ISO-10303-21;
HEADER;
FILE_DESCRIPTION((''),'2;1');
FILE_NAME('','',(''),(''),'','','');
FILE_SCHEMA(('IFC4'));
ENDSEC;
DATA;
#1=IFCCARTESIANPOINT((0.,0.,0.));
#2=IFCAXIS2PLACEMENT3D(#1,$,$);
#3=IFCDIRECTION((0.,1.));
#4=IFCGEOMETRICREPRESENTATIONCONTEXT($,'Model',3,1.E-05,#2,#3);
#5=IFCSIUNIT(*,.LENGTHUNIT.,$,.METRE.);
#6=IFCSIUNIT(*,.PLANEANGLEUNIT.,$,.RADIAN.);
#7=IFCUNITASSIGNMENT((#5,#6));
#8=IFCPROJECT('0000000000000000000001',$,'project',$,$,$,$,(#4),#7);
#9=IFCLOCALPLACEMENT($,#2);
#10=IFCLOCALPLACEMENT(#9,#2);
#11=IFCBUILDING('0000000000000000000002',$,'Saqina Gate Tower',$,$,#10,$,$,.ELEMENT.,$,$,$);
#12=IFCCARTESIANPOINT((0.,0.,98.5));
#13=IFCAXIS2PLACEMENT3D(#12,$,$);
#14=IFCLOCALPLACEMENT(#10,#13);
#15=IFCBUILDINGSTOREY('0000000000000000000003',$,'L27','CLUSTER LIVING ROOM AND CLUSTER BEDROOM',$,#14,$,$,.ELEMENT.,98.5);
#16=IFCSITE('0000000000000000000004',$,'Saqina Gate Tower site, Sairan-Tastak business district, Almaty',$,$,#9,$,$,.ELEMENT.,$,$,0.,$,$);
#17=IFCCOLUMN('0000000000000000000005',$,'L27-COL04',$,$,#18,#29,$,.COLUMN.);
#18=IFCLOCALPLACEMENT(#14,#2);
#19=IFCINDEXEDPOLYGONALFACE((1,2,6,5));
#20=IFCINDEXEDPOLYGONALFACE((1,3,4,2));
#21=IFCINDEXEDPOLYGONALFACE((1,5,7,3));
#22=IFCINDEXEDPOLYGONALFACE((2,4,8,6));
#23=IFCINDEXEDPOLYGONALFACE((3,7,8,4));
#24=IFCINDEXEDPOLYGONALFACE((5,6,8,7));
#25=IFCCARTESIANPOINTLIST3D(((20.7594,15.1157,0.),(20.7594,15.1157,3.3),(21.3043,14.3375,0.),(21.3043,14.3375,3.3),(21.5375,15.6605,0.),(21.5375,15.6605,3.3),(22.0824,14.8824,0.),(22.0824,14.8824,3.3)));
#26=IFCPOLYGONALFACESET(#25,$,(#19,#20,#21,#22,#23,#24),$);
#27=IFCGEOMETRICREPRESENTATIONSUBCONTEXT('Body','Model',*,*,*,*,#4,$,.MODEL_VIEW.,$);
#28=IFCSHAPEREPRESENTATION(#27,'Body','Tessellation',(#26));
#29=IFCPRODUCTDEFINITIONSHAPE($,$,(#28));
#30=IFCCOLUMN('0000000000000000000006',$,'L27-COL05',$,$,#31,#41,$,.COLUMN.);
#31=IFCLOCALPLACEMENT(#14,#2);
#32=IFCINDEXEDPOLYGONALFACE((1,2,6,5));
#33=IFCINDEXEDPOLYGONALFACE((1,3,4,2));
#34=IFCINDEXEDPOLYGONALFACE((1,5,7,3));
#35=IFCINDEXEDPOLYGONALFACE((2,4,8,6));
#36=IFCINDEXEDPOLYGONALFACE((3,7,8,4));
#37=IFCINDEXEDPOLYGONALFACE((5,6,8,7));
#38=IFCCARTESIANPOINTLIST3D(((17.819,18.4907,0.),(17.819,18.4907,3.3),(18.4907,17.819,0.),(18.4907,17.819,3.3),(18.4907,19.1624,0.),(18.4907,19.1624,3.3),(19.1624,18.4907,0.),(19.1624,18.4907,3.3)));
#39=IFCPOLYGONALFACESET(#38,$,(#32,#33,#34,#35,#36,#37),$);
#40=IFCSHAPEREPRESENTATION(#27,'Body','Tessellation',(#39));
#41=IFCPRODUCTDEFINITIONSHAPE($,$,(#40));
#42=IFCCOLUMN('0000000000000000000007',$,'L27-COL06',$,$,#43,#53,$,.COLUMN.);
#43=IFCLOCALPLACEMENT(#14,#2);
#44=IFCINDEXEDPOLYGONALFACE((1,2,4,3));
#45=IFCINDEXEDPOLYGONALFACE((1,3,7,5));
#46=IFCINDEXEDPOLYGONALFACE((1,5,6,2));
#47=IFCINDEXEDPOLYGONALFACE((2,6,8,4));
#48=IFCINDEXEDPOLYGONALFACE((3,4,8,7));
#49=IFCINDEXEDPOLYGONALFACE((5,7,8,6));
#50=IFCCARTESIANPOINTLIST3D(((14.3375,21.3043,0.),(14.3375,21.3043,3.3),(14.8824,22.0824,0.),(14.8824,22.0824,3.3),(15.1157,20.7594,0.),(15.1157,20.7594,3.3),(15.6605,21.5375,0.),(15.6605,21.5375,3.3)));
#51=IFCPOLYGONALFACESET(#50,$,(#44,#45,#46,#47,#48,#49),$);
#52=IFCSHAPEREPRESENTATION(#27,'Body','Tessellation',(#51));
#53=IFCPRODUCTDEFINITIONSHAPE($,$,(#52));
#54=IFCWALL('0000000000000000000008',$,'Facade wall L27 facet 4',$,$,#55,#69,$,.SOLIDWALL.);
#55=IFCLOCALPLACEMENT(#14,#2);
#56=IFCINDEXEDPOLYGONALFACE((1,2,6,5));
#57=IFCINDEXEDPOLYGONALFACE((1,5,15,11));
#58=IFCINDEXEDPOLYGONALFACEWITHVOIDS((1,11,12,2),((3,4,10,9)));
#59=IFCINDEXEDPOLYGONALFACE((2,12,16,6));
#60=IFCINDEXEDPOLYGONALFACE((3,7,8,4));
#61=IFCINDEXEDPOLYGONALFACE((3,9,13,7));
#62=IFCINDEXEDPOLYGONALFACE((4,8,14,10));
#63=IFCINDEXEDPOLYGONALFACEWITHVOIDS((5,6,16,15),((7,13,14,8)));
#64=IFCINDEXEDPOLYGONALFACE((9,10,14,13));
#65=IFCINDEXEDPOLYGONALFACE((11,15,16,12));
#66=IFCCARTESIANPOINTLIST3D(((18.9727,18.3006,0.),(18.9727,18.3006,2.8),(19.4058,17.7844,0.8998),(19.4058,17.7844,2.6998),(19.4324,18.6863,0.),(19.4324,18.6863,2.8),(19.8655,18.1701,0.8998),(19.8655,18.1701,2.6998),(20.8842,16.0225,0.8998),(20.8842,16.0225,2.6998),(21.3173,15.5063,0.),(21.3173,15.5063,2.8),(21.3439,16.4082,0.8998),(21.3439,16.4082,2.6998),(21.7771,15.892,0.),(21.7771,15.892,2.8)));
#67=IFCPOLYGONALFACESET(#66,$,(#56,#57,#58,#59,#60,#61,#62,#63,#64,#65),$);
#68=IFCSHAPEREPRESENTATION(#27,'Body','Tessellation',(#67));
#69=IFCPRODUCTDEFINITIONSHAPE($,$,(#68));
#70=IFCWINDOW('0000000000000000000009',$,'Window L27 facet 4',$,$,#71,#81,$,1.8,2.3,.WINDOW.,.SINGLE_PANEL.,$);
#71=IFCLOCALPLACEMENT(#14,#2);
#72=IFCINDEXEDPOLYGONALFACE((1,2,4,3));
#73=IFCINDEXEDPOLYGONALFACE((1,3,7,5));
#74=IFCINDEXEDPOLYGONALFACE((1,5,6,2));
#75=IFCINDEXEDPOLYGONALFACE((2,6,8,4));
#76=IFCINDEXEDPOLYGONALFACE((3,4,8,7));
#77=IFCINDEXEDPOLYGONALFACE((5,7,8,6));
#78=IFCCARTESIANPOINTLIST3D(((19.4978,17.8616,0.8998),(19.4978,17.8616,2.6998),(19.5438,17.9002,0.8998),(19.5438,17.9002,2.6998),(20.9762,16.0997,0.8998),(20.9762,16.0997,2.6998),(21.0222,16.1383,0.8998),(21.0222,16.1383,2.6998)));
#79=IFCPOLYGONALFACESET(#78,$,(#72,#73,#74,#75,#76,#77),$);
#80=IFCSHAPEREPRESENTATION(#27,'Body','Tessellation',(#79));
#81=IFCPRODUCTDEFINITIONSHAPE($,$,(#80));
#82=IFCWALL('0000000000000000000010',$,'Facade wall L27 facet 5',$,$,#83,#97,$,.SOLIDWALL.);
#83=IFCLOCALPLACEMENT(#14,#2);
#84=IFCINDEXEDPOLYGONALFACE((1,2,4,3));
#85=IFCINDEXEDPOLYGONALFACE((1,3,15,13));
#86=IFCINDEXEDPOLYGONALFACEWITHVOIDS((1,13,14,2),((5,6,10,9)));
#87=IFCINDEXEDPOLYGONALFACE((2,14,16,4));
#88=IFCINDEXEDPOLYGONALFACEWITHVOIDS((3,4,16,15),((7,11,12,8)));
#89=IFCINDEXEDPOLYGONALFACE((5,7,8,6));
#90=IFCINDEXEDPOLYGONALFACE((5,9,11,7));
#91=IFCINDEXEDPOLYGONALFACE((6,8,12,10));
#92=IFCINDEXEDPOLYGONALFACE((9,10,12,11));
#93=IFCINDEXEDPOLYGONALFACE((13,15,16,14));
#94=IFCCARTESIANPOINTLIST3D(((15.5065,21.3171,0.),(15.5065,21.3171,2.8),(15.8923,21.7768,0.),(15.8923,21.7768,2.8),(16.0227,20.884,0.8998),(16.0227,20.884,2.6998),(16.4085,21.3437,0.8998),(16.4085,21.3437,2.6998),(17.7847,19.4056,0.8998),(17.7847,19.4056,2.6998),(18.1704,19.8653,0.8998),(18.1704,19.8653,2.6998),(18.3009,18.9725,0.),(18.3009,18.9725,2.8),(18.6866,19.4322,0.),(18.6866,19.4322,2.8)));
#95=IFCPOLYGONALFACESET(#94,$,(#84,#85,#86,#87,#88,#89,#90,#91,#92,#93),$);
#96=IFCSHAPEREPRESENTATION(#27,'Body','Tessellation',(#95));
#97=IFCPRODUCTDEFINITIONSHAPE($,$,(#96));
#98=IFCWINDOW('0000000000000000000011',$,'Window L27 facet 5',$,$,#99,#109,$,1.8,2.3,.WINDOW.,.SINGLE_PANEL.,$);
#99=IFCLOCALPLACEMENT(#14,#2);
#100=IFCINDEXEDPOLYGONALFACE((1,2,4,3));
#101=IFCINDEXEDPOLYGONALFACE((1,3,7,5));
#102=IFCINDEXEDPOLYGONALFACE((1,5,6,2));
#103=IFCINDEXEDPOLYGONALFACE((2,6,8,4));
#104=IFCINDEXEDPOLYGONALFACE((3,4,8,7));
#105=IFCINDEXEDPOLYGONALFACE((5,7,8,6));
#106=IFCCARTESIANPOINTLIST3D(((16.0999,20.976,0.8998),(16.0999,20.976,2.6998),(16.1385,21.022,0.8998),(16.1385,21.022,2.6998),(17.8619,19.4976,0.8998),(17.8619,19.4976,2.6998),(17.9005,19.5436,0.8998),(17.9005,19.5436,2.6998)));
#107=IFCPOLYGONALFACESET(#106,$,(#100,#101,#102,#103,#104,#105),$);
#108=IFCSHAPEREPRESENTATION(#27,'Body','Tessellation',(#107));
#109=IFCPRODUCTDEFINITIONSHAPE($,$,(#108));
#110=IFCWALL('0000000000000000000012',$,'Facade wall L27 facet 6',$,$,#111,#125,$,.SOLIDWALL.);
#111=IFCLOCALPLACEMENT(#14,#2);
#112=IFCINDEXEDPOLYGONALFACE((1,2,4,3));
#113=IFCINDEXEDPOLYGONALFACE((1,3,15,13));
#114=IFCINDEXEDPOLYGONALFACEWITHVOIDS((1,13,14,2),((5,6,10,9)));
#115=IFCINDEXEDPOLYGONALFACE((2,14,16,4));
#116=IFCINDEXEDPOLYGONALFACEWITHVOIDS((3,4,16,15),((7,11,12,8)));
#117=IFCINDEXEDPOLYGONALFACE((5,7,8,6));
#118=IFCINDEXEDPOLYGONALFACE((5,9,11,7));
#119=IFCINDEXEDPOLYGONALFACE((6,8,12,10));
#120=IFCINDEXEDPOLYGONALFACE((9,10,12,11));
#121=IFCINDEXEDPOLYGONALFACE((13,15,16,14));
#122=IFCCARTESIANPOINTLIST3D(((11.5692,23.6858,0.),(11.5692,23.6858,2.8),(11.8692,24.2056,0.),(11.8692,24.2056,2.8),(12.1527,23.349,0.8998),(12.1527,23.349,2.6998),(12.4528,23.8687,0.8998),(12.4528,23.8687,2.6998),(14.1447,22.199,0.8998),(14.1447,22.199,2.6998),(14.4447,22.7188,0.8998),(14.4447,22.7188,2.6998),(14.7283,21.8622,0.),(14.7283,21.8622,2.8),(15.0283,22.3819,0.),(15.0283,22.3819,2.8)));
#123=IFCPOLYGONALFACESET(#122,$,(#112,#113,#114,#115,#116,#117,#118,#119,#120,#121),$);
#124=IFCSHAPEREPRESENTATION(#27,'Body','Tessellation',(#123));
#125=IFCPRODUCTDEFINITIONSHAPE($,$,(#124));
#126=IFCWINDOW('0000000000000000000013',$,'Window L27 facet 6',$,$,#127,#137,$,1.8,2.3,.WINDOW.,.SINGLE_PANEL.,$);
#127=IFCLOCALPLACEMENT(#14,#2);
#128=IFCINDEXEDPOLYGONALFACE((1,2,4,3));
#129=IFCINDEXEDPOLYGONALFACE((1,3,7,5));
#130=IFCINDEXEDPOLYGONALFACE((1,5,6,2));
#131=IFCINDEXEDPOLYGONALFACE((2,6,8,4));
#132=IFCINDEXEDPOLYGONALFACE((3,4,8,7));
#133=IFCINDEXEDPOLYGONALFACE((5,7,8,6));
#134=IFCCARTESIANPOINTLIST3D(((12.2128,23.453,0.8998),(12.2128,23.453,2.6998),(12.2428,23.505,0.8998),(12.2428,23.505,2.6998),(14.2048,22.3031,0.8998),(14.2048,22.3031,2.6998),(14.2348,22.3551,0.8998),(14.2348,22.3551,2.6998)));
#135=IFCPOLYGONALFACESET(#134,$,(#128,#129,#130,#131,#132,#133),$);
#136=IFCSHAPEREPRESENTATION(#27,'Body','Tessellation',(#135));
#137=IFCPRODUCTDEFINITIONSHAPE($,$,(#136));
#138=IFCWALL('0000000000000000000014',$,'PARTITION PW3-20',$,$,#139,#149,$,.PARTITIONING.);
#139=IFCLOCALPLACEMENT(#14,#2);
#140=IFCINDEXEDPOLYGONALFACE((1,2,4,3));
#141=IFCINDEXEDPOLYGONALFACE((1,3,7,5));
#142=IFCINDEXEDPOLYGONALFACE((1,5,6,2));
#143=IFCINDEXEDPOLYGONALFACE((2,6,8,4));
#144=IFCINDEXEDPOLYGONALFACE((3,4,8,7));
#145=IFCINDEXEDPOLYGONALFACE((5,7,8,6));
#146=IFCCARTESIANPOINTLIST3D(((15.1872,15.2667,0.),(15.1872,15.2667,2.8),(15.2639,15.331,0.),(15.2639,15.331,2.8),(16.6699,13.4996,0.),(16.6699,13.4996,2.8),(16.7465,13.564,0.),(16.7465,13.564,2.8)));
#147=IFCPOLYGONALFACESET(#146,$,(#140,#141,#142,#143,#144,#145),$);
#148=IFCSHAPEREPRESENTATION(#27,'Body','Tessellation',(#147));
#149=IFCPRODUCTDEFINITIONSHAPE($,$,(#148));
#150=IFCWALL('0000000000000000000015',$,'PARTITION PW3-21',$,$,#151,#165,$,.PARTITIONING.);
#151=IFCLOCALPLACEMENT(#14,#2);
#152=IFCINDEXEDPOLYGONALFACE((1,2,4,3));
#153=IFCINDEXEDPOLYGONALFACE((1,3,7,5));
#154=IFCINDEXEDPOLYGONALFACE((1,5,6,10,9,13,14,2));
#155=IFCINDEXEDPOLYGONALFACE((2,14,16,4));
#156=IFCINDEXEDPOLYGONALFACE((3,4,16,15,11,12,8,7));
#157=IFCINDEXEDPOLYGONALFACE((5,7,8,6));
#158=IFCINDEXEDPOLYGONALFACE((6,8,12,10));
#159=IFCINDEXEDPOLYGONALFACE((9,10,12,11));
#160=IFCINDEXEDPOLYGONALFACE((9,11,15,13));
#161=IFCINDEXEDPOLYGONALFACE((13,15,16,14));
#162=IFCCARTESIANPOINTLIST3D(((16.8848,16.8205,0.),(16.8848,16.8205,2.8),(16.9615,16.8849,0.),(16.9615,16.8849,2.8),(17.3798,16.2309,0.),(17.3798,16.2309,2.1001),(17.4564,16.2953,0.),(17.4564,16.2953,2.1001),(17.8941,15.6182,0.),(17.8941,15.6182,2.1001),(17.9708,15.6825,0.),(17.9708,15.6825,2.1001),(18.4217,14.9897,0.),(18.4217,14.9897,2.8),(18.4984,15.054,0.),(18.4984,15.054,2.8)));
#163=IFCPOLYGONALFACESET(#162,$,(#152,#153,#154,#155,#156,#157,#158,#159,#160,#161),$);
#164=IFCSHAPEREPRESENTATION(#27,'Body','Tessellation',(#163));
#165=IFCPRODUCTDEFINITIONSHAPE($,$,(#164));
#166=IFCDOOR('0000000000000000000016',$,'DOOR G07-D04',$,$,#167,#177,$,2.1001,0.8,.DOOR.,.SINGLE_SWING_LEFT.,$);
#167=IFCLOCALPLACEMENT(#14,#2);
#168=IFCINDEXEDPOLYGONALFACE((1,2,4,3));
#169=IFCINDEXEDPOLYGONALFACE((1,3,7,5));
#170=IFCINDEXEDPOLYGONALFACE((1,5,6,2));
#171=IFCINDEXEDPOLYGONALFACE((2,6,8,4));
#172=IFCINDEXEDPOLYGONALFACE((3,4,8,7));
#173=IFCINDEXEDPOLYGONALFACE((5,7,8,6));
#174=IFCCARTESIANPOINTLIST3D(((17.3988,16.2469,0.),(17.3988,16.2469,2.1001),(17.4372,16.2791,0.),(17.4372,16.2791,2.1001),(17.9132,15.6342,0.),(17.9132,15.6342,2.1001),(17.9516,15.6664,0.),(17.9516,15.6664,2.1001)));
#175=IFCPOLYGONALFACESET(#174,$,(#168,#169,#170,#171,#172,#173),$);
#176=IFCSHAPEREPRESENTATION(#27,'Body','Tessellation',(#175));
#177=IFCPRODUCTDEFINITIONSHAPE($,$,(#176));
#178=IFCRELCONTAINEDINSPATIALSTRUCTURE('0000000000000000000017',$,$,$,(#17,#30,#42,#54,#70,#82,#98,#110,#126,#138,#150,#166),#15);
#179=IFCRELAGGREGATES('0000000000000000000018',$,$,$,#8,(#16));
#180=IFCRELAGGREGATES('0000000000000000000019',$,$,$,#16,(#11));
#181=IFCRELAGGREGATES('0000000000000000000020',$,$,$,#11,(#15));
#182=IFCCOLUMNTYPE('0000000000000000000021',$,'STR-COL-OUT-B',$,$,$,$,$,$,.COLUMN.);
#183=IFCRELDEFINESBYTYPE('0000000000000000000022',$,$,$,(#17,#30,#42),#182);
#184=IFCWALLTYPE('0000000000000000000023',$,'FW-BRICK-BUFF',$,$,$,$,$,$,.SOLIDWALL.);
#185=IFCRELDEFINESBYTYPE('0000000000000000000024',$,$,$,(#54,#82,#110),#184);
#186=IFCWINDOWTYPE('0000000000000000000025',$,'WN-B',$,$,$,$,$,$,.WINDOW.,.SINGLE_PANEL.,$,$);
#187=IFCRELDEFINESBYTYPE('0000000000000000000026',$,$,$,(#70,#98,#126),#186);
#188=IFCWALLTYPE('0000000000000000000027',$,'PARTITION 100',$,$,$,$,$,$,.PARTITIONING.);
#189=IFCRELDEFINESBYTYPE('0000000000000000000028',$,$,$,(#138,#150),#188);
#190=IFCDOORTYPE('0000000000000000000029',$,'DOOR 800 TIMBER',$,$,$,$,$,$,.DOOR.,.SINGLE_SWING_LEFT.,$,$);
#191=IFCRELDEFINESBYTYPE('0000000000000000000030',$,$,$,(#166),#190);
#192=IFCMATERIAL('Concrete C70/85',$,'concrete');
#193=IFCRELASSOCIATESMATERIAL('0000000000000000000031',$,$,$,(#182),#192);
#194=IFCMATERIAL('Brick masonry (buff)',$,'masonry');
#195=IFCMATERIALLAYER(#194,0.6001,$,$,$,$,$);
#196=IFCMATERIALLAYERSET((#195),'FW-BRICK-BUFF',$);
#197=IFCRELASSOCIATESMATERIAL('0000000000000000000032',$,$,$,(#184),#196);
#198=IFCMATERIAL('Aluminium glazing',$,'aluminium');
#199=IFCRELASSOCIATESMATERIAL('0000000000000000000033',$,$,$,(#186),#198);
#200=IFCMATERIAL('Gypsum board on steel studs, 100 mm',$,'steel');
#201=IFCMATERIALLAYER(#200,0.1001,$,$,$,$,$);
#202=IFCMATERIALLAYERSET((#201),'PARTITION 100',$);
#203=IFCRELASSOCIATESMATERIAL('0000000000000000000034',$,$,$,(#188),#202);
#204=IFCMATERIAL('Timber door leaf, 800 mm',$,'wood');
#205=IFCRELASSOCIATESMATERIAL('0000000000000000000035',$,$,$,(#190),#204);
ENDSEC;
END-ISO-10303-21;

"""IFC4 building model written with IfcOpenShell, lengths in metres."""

from ifc_helpers import new_model, si_unit, direction, frame, frame_2d, origin, origin_2d, place, context, subcontext, project, spatial, rectangle, extrude, material, layer, layer_set, material_profile, profile_set, type_object, element, fill, save


model = new_model("IFC4")

# Units and contexts
model_context = context("Model", 3, precision=1e-05, world=origin(), true_north=direction((0.0, 1.0)))
body_context = subcontext(model_context, "Body", "Model", "MODEL_VIEW")
ifc_project = project(units=[si_unit("LENGTHUNIT", "METRE"), si_unit("PLANEANGLEUNIT", "RADIAN")], contexts=[model_context])

# Site, building, storey
site_placement = place(None, origin())
site = spatial("IfcSite", under=ifc_project, at=site_placement, Name="Saqina Gate Tower site, Sairan-Tastak business district, Almaty", CompositionType="ELEMENT", RefElevation=0.0)
building_placement = place(site_placement, origin())
building = spatial("IfcBuilding", under=site, at=building_placement, Name="Saqina Gate Tower", CompositionType="ELEMENT")
storey_placement = place(building_placement, frame((0.0, 0.0, 98.5)))
storey = spatial("IfcBuildingStorey", under=building, at=storey_placement, Name="L27", Description="CLUSTER LIVING ROOM AND CLUSTER BEDROOM", CompositionType="ELEMENT", Elevation=98.5)

# Columns
ifc_material_1 = material(Name="Concrete C70/85", Category="concrete")
ifc_material_profile = material_profile(ifc_material_1, rectangle(XDim=0.95, YDim=0.95, at=origin_2d()), Name="RC 950x950")
ifc_profile_set = profile_set([ifc_material_profile], Name="Concrete C70/85")
column_type = type_object("IfcColumnType", Name="STR-COL-OUT-B", PredefinedType="COLUMN", material=ifc_profile_set)
for number, where, z_axis, x_axis, name in (
    (1, (21.4209, 14.999, 0.0), (0.0, 0.0, 1.0), (0.819152, 0.573576, 0.0), "L27-COL04"),
    (2, (18.4907, 18.4907, 0.0), (0.0, 0.0, 1.0), (0.707107, 0.707107, 0.0), "L27-COL05"),
    (3, (14.999, 21.4209, 0.0), (0.0, 0.0, 1.0), (0.573576, 0.819152, 0.0), "L27-COL06"),
):
    element("IfcColumn", number, at=place(storey_placement, frame(where, z_axis=z_axis, x_axis=x_axis)), inside=storey, type_object=column_type, Name=name, PredefinedType="COLUMN", context=body_context, shape_type="SweptSolid", body=[
        extrude(rectangle(XDim=0.95, YDim=0.95, at=origin_2d()), origin(), (0.0, 0.0, 1.0), 3.3),
    ])

# Walls, openings, windows
ifc_material_2 = material(Name="Brick masonry (buff)", Category="masonry")
ifc_layer_1 = layer(ifc_material_2, 0.6001)
ifc_layer_set_1 = layer_set([ifc_layer_1], Name="FW-BRICK-BUFF")
wall_type_1 = type_object("IfcWallType", Name="FW-BRICK-BUFF", PredefinedType="SOLIDWALL", material=ifc_layer_set_1)
wall_1_placement = place(storey_placement, frame((21.5471, 15.6992, 0.0), z_axis=(0.0, 0.0, 1.0), x_axis=(-0.642774, 0.766055, 0.0)))
wall_1 = element("IfcWall", 4, at=wall_1_placement, inside=storey, type_object=wall_type_1, Name="Facade wall L27 facet 4", PredefinedType="SOLIDWALL", context=body_context, shape_type="SweptSolid", body=[
    extrude(rectangle(XDim=3.6477, YDim=0.6001, at=frame_2d((1.8237, 0.0))), origin(), (0.0, 0.0, 1.0), 2.8),
])
opening_1_placement = place(wall_1_placement, frame((0.6738, 0.0, 0.8999)))
opening_1 = element("IfcOpeningElement", 5, at=opening_1_placement, cuts=wall_1, PredefinedType="OPENING", context=body_context, shape_type="SweptSolid", body=[
    extrude(rectangle(XDim=2.3, YDim=1.8, at=frame_2d((1.1499, 0.8999))), frame((0.0, 0.312, 0.0), z_axis=(0.0, -1.0, 0.0), x_axis=(1.0, 0.0, 0.0)), (0.0, 0.0, 1.0), 0.624),
])
ifc_material_3 = material(Name="Aluminium glazing", Category="aluminium")
window_type = type_object("IfcWindowType", Name="WN-B", PartitioningType="SINGLE_PANEL", PredefinedType="WINDOW", material=ifc_material_3)
window_1_placement = place(opening_1_placement, origin())
window_1 = element("IfcWindow", 6, at=window_1_placement, inside=storey, type_object=window_type, Name="Window L27 facet 4", OverallHeight=1.8, OverallWidth=2.3, PartitioningType="SINGLE_PANEL", PredefinedType="WINDOW", context=body_context, shape_type="SweptSolid", body=[
    extrude(rectangle(XDim=2.3, YDim=1.8, at=frame_2d((1.1499, 0.8999))), frame((0.0, 0.1799, 0.0), z_axis=(0.0, -1.0, 0.0), x_axis=(1.0, 0.0, 0.0)), (0.0, 0.0, 1.0), 0.0601),
])
fill(opening_1, window_1)
wall_2_placement = place(storey_placement, frame((18.4937, 19.2024, 0.0), z_axis=(0.0, 0.0, 1.0), x_axis=(-0.766055, 0.642774, 0.0)))
wall_2 = element("IfcWall", 7, at=wall_2_placement, inside=storey, type_object=wall_type_1, Name="Facade wall L27 facet 5", PredefinedType="SOLIDWALL", context=body_context, shape_type="SweptSolid", body=[
    extrude(rectangle(XDim=3.6477, YDim=0.6001, at=frame_2d((1.8237, 0.0))), origin(), (0.0, 0.0, 1.0), 2.8),
])
opening_2_placement = place(wall_2_placement, frame((0.6738, 0.0, 0.8999)))
opening_2 = element("IfcOpeningElement", 8, at=opening_2_placement, cuts=wall_2, PredefinedType="OPENING", context=body_context, shape_type="SweptSolid", body=[
    extrude(rectangle(XDim=2.3, YDim=1.8, at=frame_2d((1.1499, 0.8999))), frame((0.0, 0.312, 0.0), z_axis=(0.0, -1.0, 0.0), x_axis=(1.0, 0.0, 0.0)), (0.0, 0.0, 1.0), 0.624),
])
window_2_placement = place(opening_2_placement, origin())
window_2 = element("IfcWindow", 9, at=window_2_placement, inside=storey, type_object=window_type, Name="Window L27 facet 5", OverallHeight=1.8, OverallWidth=2.3, PartitioningType="SINGLE_PANEL", PredefinedType="WINDOW", context=body_context, shape_type="SweptSolid", body=[
    extrude(rectangle(XDim=2.3, YDim=1.8, at=frame_2d((1.1499, 0.8999))), frame((0.0, 0.1799, 0.0), z_axis=(0.0, -1.0, 0.0), x_axis=(1.0, 0.0, 0.0)), (0.0, 0.0, 1.0), 0.0601),
])
fill(opening_2, window_2)
wall_3_placement = place(storey_placement, frame((14.8782, 22.1221, 0.0), z_axis=(0.0, 0.0, 1.0), x_axis=(-0.866052, 0.499954, 0.0)))
wall_3 = element("IfcWall", 10, at=wall_3_placement, inside=storey, type_object=wall_type_1, Name="Facade wall L27 facet 6", PredefinedType="SOLIDWALL", context=body_context, shape_type="SweptSolid", body=[
    extrude(rectangle(XDim=3.6477, YDim=0.6001, at=frame_2d((1.8237, 0.0))), origin(), (0.0, 0.0, 1.0), 2.8),
])
opening_3_placement = place(wall_3_placement, frame((0.6738, 0.0, 0.8999)))
opening_3 = element("IfcOpeningElement", 11, at=opening_3_placement, cuts=wall_3, PredefinedType="OPENING", context=body_context, shape_type="SweptSolid", body=[
    extrude(rectangle(XDim=2.3, YDim=1.8, at=frame_2d((1.1499, 0.8999))), frame((0.0, 0.312, 0.0), z_axis=(0.0, -1.0, 0.0), x_axis=(1.0, 0.0, 0.0)), (0.0, 0.0, 1.0), 0.624),
])
window_3_placement = place(opening_3_placement, origin())
window_3 = element("IfcWindow", 12, at=window_3_placement, inside=storey, type_object=window_type, Name="Window L27 facet 6", OverallHeight=1.8, OverallWidth=2.3, PartitioningType="SINGLE_PANEL", PredefinedType="WINDOW", context=body_context, shape_type="SweptSolid", body=[
    extrude(rectangle(XDim=2.3, YDim=1.8, at=frame_2d((1.1499, 0.8999))), frame((0.0, 0.1799, 0.0), z_axis=(0.0, -1.0, 0.0), x_axis=(1.0, 0.0, 0.0)), (0.0, 0.0, 1.0), 0.0601),
])
fill(opening_3, window_3)

# Wall
ifc_material_4 = material(Name="Gypsum board on steel studs, 100 mm", Category="steel")
ifc_layer_2 = layer(ifc_material_4, 0.1001)
ifc_layer_set_2 = layer_set([ifc_layer_2], Name="PARTITION 100")
wall_type_2 = type_object("IfcWallType", Name="PARTITION 100", PredefinedType="PARTITIONING", material=ifc_layer_set_2)
wall_4_placement = place(storey_placement, frame((15.2256, 15.2988, 0.0), z_axis=(0.0, 0.0, 1.0), x_axis=(0.642763, -0.766065, 0.0)))
element("IfcWall", 13, at=wall_4_placement, inside=storey, type_object=wall_type_2, Name="PARTITION PW3-20", PredefinedType="PARTITIONING", context=body_context, shape_type="SweptSolid", body=[
    extrude(rectangle(XDim=2.3066, YDim=0.1001, at=frame_2d((1.1533, 0.0))), origin(), (0.0, 0.0, 1.0), 2.8),
])

# Wall, opening, door
wall_5_placement = place(storey_placement, frame((16.9231, 16.8528, 0.0), z_axis=(0.0, 0.0, 1.0), x_axis=(0.642943, -0.765914, 0.0)))
wall_5 = element("IfcWall", 14, at=wall_5_placement, inside=storey, type_object=wall_type_2, Name="PARTITION PW3-21", PredefinedType="PARTITIONING", context=body_context, shape_type="SweptSolid", body=[
    extrude(rectangle(XDim=2.3904, YDim=0.1001, at=frame_2d((1.1953, 0.0))), origin(), (0.0, 0.0, 1.0), 2.8),
])
opening_4_placement = place(wall_5_placement, frame((0.77, 0.0, 0.0)))
opening_4 = element("IfcOpeningElement", 15, at=opening_4_placement, cuts=wall_5, PredefinedType="OPENING", context=body_context, shape_type="SweptSolid", body=[
    extrude(rectangle(XDim=0.8, YDim=2.1001, at=frame_2d((0.3999, 1.05))), frame((0.0, 0.062, 0.0), z_axis=(0.0, -1.0, 0.0), x_axis=(1.0, 0.0, 0.0)), (0.0, 0.0, 1.0), 0.124),
])
ifc_material_5 = material(Name="Timber door leaf, 800 mm", Category="wood")
door_type_1 = type_object("IfcDoorType", Name="DOOR 800 TIMBER", OperationType="SINGLE_SWING_LEFT", PredefinedType="DOOR", material=ifc_material_5)
door_1_placement = place(opening_4_placement, origin())
door_1 = element("IfcDoor", 16, at=door_1_placement, inside=storey, type_object=door_type_1, Name="DOOR G07-D04", OperationType="SINGLE_SWING_LEFT", OverallHeight=2.1001, OverallWidth=0.8, PredefinedType="DOOR", context=body_context, shape_type="SweptSolid", body=[
    extrude(rectangle(XDim=0.8, YDim=2.1001, at=frame_2d((0.3999, 1.05))), frame((0.0, 0.0249, 0.0), z_axis=(0.0, -1.0, 0.0), x_axis=(1.0, 0.0, 0.0)), (0.0, 0.0, 1.0), 0.05),
])
fill(opening_4, door_1)

save(model, "model.ifc")
